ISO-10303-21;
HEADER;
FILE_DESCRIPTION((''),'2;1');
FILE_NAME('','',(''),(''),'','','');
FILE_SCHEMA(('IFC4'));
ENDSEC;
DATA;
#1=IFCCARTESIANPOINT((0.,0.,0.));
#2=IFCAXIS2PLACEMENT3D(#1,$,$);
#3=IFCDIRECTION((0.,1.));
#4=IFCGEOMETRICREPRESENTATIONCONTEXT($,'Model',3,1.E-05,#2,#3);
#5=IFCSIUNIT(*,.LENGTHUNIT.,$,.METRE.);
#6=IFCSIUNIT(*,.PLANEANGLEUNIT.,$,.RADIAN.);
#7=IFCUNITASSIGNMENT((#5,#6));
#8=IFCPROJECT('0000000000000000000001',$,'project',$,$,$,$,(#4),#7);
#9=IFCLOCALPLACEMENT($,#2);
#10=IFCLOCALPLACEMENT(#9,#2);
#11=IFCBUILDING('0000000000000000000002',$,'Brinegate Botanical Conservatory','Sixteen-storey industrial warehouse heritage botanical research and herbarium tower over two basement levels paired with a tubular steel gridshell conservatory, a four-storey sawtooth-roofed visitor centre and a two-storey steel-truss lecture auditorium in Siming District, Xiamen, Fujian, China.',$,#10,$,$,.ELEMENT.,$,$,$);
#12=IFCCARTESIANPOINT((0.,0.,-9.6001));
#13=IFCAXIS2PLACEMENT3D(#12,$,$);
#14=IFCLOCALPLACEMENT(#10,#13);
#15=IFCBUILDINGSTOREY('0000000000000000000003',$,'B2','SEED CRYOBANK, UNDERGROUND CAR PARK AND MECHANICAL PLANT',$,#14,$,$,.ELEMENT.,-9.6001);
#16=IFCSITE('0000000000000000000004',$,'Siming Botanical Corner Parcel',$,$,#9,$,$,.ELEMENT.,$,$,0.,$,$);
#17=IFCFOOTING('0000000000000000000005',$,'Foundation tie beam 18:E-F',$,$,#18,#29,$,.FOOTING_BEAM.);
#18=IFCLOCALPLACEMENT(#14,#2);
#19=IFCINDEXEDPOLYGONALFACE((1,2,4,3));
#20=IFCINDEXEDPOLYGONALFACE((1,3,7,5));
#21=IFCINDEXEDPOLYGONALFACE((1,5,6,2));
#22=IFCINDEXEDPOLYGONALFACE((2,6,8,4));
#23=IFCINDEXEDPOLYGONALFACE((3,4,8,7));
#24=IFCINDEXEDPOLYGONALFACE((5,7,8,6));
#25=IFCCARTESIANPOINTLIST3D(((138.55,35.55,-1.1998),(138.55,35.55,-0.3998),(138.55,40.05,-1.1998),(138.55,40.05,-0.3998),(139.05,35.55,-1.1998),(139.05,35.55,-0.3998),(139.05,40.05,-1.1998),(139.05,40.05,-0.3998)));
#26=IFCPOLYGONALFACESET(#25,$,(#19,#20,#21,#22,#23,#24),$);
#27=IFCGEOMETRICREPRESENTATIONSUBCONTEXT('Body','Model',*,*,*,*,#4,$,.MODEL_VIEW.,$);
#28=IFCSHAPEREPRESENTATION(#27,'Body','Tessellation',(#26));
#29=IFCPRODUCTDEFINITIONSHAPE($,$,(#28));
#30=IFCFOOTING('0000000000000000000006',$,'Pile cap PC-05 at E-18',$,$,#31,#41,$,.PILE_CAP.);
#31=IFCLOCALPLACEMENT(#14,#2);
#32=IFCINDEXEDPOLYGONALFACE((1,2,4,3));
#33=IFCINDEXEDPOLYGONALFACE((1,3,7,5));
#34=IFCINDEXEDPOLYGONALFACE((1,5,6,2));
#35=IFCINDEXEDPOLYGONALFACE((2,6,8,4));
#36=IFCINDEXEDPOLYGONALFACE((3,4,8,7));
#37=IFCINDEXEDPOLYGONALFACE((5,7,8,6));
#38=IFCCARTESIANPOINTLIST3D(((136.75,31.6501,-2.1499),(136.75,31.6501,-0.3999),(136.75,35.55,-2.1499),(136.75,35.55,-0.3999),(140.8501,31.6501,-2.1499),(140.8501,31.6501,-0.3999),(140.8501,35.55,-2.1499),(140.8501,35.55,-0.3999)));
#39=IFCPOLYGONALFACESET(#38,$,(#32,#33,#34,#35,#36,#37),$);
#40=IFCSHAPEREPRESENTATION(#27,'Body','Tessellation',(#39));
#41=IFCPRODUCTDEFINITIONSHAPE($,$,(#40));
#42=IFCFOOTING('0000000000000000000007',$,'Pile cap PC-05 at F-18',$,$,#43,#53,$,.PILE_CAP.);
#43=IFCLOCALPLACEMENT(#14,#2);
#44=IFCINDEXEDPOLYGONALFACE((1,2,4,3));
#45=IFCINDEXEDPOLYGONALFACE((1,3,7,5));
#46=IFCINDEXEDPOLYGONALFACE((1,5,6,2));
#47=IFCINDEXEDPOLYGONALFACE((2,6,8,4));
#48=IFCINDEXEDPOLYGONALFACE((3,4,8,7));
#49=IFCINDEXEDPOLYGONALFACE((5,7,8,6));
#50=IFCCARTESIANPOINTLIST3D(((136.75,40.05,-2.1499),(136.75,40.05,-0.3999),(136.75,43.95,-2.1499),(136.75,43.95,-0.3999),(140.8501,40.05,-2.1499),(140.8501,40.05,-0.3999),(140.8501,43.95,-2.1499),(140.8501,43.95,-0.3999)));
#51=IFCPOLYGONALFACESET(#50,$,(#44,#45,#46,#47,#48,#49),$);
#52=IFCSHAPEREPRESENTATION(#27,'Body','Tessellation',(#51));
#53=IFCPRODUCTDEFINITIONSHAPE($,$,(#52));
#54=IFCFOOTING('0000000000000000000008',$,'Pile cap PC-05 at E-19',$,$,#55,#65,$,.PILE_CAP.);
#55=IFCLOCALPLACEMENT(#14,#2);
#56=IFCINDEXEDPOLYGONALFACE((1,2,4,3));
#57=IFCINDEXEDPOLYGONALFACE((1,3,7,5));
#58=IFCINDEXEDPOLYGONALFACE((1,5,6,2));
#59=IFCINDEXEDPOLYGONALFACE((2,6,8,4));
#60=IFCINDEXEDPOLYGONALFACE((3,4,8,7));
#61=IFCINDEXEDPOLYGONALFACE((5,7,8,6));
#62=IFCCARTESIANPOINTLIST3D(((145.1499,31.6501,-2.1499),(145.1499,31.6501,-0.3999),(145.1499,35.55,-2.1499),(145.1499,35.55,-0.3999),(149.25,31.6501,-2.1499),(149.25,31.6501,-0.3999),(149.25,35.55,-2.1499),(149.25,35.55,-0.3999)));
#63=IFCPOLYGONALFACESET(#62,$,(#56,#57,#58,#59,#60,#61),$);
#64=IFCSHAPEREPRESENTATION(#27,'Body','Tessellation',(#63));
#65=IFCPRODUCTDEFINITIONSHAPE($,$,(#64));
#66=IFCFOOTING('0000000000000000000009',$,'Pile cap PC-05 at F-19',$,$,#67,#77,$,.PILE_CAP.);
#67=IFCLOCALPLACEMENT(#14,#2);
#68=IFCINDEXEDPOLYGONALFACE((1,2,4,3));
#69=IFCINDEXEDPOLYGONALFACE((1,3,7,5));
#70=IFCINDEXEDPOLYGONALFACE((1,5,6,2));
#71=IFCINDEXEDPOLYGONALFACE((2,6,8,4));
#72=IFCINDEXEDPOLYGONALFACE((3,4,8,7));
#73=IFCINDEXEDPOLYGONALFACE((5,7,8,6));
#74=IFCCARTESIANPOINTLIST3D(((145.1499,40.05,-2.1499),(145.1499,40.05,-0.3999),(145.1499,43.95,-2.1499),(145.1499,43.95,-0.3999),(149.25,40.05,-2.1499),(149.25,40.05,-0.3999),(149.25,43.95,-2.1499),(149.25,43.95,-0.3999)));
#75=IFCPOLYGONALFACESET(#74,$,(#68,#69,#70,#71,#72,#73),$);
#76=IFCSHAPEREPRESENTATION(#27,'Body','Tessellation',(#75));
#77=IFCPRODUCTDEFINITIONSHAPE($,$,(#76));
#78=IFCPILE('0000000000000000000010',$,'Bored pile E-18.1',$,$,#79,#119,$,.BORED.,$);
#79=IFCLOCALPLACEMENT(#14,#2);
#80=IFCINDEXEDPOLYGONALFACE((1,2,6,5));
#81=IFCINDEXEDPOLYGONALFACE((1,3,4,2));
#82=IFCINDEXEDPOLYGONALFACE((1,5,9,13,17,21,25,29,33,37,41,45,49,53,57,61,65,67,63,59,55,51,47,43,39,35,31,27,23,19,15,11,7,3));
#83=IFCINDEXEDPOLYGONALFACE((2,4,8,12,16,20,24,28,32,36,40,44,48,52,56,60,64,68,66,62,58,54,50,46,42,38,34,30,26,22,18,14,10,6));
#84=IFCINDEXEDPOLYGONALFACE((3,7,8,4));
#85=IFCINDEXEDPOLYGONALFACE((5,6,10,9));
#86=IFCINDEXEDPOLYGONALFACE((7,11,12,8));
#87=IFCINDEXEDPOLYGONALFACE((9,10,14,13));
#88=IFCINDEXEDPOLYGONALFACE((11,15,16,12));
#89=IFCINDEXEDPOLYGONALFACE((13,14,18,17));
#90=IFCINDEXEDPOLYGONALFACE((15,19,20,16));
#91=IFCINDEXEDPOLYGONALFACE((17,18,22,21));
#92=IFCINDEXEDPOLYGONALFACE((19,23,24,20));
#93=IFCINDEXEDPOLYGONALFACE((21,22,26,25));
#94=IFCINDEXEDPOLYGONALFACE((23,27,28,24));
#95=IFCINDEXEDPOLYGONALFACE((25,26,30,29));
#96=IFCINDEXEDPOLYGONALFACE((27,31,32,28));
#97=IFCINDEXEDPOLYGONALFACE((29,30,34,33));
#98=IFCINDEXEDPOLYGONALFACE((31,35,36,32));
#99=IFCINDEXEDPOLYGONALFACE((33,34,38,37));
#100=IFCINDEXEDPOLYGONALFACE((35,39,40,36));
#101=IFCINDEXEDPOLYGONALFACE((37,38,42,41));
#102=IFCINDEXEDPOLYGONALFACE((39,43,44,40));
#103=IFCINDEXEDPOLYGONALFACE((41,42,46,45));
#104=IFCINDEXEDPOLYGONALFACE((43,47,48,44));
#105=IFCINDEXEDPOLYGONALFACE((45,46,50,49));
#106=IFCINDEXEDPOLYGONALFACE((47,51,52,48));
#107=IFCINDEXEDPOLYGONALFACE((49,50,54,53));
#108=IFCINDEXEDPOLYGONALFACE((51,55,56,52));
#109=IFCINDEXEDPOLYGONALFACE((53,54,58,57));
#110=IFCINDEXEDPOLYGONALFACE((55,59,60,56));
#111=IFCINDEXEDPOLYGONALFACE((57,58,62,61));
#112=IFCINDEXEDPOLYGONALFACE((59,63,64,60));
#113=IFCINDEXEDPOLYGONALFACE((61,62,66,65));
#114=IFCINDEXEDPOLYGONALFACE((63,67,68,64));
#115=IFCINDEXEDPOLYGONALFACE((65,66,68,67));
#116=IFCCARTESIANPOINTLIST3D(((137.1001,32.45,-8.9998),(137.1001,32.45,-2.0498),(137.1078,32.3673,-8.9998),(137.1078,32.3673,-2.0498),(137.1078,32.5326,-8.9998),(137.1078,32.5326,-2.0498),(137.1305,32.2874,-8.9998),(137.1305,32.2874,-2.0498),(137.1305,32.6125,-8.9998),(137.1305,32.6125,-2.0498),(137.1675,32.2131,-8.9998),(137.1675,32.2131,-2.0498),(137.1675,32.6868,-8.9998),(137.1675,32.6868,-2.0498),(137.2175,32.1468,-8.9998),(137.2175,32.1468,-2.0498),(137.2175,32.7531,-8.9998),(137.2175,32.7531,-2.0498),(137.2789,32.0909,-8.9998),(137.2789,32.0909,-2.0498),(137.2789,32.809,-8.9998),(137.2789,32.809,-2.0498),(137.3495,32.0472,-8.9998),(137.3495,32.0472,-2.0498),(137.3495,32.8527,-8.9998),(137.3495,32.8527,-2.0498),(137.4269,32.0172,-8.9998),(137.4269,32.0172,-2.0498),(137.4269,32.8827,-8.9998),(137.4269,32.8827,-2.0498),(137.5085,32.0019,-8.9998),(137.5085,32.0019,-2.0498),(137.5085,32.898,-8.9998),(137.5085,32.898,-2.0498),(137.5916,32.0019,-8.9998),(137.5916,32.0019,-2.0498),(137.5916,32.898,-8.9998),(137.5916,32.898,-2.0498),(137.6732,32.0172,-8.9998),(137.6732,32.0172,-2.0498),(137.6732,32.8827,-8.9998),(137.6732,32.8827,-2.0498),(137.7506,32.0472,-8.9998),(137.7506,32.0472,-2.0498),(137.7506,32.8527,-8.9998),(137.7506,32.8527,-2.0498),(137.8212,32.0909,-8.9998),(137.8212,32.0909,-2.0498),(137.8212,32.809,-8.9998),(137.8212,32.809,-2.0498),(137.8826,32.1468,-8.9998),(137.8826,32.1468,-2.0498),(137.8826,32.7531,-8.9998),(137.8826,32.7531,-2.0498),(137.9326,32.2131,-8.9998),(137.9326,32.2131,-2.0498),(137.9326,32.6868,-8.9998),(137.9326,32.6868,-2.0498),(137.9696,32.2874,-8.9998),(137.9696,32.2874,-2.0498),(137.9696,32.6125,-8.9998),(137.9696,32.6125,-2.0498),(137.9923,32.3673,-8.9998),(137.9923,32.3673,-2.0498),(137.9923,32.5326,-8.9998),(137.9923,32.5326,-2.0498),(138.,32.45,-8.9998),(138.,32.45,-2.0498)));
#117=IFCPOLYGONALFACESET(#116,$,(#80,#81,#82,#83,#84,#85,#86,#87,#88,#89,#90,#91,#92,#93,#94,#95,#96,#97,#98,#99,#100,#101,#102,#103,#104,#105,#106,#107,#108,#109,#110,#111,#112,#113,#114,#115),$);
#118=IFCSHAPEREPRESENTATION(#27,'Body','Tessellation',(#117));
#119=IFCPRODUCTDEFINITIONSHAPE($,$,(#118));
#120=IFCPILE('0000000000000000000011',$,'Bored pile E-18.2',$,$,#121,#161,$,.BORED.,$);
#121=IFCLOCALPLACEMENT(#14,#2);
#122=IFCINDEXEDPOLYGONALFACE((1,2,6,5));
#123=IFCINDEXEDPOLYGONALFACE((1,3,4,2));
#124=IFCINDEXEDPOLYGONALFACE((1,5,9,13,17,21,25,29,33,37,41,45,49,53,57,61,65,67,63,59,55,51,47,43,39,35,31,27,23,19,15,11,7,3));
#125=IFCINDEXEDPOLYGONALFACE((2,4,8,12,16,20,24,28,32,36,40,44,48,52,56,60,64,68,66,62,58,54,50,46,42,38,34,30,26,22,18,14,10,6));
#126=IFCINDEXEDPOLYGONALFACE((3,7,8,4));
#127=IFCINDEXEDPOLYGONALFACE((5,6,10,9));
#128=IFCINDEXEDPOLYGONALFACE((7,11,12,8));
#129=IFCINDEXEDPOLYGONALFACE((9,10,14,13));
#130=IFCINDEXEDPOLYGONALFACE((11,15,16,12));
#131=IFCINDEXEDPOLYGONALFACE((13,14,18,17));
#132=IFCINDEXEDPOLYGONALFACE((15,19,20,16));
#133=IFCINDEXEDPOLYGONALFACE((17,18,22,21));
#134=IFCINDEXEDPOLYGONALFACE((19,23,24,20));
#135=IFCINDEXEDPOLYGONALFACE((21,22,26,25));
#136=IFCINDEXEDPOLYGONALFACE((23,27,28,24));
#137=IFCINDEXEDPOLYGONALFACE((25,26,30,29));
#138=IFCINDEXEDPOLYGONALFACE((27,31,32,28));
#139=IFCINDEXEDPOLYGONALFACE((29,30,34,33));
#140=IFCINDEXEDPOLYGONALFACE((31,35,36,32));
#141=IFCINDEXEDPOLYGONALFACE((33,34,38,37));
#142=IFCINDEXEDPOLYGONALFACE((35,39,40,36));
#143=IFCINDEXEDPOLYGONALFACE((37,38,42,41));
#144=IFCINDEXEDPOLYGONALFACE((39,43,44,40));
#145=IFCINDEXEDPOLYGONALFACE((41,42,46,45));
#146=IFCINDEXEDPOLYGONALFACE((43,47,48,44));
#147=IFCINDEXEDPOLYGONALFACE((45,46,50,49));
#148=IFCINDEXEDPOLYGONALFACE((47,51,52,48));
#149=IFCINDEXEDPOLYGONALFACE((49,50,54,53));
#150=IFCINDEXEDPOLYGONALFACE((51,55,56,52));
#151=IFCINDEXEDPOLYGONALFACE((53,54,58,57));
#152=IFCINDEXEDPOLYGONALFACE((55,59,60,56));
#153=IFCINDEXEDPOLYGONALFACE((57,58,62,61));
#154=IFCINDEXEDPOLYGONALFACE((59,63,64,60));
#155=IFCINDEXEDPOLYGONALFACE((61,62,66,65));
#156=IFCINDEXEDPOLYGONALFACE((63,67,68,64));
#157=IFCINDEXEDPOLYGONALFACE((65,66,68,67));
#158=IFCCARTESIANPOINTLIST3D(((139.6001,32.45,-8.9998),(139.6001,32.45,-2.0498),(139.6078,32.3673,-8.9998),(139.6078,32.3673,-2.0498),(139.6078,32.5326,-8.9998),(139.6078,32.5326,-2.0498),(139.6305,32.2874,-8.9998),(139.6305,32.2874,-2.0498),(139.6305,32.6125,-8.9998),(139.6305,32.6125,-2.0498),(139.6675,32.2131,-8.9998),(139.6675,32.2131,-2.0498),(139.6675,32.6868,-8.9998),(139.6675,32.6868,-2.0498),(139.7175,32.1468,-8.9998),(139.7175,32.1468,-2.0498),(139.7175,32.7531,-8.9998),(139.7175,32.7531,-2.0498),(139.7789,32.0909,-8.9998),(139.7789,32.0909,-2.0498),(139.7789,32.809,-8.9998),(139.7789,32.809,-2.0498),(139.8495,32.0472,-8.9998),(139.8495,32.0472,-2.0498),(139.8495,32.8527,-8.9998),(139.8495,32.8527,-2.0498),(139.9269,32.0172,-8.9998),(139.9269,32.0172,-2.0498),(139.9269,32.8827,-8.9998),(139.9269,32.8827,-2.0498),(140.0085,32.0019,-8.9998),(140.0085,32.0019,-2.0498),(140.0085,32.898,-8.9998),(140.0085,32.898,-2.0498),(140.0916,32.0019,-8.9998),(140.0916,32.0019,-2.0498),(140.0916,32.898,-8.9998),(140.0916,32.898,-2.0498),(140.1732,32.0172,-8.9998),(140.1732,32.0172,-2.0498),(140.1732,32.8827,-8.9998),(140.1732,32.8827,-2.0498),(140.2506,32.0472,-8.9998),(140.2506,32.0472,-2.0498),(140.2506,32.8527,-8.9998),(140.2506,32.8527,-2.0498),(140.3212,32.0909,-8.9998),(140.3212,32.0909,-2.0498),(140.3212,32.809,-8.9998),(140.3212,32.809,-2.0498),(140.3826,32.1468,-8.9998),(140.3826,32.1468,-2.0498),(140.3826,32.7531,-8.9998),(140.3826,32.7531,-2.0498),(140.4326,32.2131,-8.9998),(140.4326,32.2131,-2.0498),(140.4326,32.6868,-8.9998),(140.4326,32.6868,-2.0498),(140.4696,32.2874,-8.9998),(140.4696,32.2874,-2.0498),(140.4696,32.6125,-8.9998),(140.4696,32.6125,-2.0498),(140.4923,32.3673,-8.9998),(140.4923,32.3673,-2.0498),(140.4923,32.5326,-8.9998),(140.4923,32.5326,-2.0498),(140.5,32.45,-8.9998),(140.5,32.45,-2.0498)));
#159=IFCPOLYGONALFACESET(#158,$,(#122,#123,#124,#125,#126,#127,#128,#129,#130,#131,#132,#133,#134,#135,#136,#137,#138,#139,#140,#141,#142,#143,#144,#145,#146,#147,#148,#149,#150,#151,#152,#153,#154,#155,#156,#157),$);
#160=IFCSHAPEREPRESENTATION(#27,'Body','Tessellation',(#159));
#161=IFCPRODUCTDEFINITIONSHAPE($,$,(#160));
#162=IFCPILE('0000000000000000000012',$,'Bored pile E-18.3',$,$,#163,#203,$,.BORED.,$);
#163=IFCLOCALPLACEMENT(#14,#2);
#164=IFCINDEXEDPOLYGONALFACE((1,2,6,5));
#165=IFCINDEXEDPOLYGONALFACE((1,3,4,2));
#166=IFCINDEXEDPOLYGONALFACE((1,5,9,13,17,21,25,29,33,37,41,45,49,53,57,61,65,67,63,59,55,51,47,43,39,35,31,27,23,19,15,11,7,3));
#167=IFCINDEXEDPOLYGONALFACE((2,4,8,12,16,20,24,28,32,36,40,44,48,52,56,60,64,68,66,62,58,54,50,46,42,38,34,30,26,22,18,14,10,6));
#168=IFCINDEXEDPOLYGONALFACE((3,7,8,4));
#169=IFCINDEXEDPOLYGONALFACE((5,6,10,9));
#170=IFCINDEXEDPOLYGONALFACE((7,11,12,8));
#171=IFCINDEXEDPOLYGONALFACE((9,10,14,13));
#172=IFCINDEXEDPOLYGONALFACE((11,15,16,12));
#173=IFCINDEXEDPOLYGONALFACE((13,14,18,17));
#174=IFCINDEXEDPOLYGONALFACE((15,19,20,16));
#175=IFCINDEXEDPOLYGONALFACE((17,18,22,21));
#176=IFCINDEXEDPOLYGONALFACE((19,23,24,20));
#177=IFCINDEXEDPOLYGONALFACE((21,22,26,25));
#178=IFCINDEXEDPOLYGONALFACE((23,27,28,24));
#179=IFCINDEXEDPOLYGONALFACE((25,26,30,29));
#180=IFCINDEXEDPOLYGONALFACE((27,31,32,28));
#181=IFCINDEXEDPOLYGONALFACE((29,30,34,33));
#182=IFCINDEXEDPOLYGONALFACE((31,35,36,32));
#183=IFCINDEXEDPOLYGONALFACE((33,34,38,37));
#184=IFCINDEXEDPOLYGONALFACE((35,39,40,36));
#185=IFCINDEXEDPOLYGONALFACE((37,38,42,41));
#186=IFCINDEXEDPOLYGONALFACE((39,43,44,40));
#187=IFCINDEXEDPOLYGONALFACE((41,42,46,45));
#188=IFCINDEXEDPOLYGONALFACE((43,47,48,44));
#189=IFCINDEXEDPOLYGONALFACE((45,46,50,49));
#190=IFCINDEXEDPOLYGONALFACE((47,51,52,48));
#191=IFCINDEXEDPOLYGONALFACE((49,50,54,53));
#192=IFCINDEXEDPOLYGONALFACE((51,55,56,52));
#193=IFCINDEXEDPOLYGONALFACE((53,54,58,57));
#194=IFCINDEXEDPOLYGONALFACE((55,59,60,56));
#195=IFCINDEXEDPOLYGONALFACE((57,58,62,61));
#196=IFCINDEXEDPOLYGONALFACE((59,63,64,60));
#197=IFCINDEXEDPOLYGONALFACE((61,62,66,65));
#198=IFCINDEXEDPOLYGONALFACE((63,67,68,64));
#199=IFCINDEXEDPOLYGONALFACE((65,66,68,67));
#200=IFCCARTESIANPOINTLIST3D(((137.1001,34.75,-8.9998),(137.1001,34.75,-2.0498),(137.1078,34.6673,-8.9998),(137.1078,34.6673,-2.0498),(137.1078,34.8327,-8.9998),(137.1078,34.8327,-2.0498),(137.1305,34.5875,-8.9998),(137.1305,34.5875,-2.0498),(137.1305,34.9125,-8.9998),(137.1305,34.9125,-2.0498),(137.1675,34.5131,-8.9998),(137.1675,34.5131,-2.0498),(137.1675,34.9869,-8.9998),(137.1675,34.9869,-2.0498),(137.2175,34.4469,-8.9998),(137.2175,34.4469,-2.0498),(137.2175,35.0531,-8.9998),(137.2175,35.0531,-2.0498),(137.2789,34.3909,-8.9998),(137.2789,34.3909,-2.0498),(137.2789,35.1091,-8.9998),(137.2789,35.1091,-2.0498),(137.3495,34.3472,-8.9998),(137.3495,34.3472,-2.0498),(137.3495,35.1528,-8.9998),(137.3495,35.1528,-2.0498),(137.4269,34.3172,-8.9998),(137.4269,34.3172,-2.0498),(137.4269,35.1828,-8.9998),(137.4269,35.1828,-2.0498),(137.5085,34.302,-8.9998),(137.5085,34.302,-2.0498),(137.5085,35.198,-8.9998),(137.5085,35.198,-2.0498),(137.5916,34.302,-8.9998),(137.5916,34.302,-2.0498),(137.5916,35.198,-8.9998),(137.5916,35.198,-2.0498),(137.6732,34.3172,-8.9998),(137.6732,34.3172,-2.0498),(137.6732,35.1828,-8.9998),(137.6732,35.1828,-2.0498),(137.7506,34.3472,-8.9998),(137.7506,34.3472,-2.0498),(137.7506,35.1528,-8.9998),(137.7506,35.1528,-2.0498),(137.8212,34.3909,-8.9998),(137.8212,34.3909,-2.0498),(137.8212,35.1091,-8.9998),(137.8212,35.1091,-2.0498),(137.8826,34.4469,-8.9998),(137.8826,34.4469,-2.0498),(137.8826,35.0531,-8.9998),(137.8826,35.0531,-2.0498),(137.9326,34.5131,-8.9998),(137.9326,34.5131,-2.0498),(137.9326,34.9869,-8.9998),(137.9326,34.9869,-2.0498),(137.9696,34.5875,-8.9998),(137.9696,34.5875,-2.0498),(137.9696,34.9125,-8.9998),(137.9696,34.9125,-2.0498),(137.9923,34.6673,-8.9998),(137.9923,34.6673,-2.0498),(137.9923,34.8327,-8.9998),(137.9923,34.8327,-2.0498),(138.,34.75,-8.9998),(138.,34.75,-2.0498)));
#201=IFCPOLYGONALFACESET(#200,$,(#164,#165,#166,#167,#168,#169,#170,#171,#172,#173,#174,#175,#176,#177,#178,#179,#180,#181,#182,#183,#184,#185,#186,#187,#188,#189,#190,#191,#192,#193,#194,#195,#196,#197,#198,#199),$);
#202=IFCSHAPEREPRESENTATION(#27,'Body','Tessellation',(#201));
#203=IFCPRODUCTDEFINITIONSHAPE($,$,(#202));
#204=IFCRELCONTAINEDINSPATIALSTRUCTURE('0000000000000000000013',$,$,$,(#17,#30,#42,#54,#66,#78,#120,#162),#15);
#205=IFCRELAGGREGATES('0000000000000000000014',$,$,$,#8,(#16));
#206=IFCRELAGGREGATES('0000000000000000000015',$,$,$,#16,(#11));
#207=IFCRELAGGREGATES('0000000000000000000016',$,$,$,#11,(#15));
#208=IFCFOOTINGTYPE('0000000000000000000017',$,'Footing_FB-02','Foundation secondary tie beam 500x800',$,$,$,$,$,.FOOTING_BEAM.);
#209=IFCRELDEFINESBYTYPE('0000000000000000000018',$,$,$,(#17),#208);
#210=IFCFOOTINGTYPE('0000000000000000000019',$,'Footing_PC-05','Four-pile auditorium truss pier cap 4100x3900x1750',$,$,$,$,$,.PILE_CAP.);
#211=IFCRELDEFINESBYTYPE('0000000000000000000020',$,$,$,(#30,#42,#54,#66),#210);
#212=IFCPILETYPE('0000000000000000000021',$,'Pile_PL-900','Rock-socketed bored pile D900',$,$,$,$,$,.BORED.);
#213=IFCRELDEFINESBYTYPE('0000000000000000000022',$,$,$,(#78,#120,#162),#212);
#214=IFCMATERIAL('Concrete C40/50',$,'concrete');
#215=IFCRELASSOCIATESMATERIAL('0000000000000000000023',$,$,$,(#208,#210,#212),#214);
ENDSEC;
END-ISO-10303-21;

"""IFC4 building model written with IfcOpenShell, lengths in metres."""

from ifc_helpers import new_model, si_unit, direction, frame, origin, origin_2d, place, context, subcontext, project, spatial, rectangle, circle, extrude, material, material_profile, profile_set, type_object, element, save


model = new_model("IFC4")

# Units and contexts
model_context = context("Model", 3, precision=1e-05, world=origin(), true_north=direction((0.0, 1.0)))
body_context = subcontext(model_context, "Body", "Model", "MODEL_VIEW")
ifc_project = project(units=[si_unit("LENGTHUNIT", "METRE"), si_unit("PLANEANGLEUNIT", "RADIAN")], contexts=[model_context])

# Site, building, storey
site_placement = place(None, origin())
site = spatial("IfcSite", under=ifc_project, at=site_placement, Name="Siming Botanical Corner Parcel", CompositionType="ELEMENT", RefElevation=0.0)
building_placement = place(site_placement, origin())
building = spatial("IfcBuilding", under=site, at=building_placement, Name="Brinegate Botanical Conservatory", Description="Sixteen-storey industrial warehouse heritage botanical research and herbarium tower over two basement levels paired with a tubular steel gridshell conservatory, a four-storey sawtooth-roofed visitor centre and a two-storey steel-truss lecture auditorium in Siming District, Xiamen, Fujian, China.", CompositionType="ELEMENT")
storey_placement = place(building_placement, frame((0.0, 0.0, -9.6001)))
storey = spatial("IfcBuildingStorey", under=building, at=storey_placement, Name="B2", Description="SEED CRYOBANK, UNDERGROUND CAR PARK AND MECHANICAL PLANT", CompositionType="ELEMENT", Elevation=-9.6001)

# Footings
ifc_material_1 = material(Name="Concrete C40/50", Category="concrete")
ifc_material_profile_1 = material_profile(ifc_material_1, rectangle(XDim=0.5, YDim=0.8, at=origin_2d()), Name="RC GB 500x800")
ifc_profile_set_1 = profile_set([ifc_material_profile_1], Name="Concrete C40/50")
footing_type_1 = type_object("IfcFootingType", Name="Footing_FB-02", Description="Foundation secondary tie beam 500x800", PredefinedType="FOOTING_BEAM", material=ifc_profile_set_1)
footing_placement = place(storey_placement, frame((138.8, 35.55, -0.7998), z_axis=(0.0, 1.0, 0.0), x_axis=(-1.0, 0.0, 0.0)))
element("IfcFooting", 1, at=footing_placement, inside=storey, type_object=footing_type_1, Name="Foundation tie beam 18:E-F", PredefinedType="FOOTING_BEAM", context=body_context, shape_type="SweptSolid", body=[
    extrude(rectangle(XDim=0.5, YDim=0.8, at=origin_2d()), origin(), (0.0, 0.0, 1.0), 4.5),
])
footing_type_2 = type_object("IfcFootingType", Name="Footing_PC-05", Description="Four-pile auditorium truss pier cap 4100x3900x1750", PredefinedType="PILE_CAP", material=ifc_material_1)
for number, where, z_axis, x_axis, name in (
    (2, (138.8, 33.6001, -2.1499), (0.0, 0.0, 1.0), (1.0, 0.0, 0.0), "Pile cap PC-05 at E-18"),
    (3, (138.8, 42.0, -2.1499), (0.0, 0.0, 1.0), (1.0, 0.0, 0.0), "Pile cap PC-05 at F-18"),
    (4, (147.2, 33.6001, -2.1499), (0.0, 0.0, 1.0), (1.0, 0.0, 0.0), "Pile cap PC-05 at E-19"),
    (5, (147.2, 42.0, -2.1499), (0.0, 0.0, 1.0), (1.0, 0.0, 0.0), "Pile cap PC-05 at F-19"),
):
    element("IfcFooting", number, at=place(storey_placement, frame(where, z_axis=z_axis, x_axis=x_axis)), inside=storey, type_object=footing_type_2, Name=name, PredefinedType="PILE_CAP", context=body_context, shape_type="SweptSolid", body=[
        extrude(rectangle(XDim=4.1001, YDim=3.8999, at=origin_2d()), origin(), (0.0, 0.0, 1.0), 1.75),
    ])

# Piles
ifc_material_profile_2 = material_profile(ifc_material_1, circle(Radius=0.45, at=origin_2d()), Name="PILE D900")
ifc_profile_set_2 = profile_set([ifc_material_profile_2], Name="Concrete C40/50")
pile_type = type_object("IfcPileType", Name="Pile_PL-900", Description="Rock-socketed bored pile D900", PredefinedType="BORED", material=ifc_profile_set_2)
for number, where, z_axis, x_axis, name in (
    (6, (137.55, 32.45, -2.0498), (0.0, 0.0, -1.0), (1.0, 0.0, 0.0), "Bored pile E-18.1"),
    (7, (140.05, 32.45, -2.0498), (0.0, 0.0, -1.0), (1.0, 0.0, 0.0), "Bored pile E-18.2"),
    (8, (137.55, 34.75, -2.0498), (0.0, 0.0, -1.0), (1.0, 0.0, 0.0), "Bored pile E-18.3"),
):
    element("IfcPile", number, at=place(storey_placement, frame(where, z_axis=z_axis, x_axis=x_axis)), inside=storey, type_object=pile_type, Name=name, PredefinedType="BORED", context=body_context, shape_type="SweptSolid", body=[
        extrude(circle(Radius=0.45, at=origin_2d()), origin(), (0.0, 0.0, 1.0), 6.95),
    ])

save(model, "model.ifc")
